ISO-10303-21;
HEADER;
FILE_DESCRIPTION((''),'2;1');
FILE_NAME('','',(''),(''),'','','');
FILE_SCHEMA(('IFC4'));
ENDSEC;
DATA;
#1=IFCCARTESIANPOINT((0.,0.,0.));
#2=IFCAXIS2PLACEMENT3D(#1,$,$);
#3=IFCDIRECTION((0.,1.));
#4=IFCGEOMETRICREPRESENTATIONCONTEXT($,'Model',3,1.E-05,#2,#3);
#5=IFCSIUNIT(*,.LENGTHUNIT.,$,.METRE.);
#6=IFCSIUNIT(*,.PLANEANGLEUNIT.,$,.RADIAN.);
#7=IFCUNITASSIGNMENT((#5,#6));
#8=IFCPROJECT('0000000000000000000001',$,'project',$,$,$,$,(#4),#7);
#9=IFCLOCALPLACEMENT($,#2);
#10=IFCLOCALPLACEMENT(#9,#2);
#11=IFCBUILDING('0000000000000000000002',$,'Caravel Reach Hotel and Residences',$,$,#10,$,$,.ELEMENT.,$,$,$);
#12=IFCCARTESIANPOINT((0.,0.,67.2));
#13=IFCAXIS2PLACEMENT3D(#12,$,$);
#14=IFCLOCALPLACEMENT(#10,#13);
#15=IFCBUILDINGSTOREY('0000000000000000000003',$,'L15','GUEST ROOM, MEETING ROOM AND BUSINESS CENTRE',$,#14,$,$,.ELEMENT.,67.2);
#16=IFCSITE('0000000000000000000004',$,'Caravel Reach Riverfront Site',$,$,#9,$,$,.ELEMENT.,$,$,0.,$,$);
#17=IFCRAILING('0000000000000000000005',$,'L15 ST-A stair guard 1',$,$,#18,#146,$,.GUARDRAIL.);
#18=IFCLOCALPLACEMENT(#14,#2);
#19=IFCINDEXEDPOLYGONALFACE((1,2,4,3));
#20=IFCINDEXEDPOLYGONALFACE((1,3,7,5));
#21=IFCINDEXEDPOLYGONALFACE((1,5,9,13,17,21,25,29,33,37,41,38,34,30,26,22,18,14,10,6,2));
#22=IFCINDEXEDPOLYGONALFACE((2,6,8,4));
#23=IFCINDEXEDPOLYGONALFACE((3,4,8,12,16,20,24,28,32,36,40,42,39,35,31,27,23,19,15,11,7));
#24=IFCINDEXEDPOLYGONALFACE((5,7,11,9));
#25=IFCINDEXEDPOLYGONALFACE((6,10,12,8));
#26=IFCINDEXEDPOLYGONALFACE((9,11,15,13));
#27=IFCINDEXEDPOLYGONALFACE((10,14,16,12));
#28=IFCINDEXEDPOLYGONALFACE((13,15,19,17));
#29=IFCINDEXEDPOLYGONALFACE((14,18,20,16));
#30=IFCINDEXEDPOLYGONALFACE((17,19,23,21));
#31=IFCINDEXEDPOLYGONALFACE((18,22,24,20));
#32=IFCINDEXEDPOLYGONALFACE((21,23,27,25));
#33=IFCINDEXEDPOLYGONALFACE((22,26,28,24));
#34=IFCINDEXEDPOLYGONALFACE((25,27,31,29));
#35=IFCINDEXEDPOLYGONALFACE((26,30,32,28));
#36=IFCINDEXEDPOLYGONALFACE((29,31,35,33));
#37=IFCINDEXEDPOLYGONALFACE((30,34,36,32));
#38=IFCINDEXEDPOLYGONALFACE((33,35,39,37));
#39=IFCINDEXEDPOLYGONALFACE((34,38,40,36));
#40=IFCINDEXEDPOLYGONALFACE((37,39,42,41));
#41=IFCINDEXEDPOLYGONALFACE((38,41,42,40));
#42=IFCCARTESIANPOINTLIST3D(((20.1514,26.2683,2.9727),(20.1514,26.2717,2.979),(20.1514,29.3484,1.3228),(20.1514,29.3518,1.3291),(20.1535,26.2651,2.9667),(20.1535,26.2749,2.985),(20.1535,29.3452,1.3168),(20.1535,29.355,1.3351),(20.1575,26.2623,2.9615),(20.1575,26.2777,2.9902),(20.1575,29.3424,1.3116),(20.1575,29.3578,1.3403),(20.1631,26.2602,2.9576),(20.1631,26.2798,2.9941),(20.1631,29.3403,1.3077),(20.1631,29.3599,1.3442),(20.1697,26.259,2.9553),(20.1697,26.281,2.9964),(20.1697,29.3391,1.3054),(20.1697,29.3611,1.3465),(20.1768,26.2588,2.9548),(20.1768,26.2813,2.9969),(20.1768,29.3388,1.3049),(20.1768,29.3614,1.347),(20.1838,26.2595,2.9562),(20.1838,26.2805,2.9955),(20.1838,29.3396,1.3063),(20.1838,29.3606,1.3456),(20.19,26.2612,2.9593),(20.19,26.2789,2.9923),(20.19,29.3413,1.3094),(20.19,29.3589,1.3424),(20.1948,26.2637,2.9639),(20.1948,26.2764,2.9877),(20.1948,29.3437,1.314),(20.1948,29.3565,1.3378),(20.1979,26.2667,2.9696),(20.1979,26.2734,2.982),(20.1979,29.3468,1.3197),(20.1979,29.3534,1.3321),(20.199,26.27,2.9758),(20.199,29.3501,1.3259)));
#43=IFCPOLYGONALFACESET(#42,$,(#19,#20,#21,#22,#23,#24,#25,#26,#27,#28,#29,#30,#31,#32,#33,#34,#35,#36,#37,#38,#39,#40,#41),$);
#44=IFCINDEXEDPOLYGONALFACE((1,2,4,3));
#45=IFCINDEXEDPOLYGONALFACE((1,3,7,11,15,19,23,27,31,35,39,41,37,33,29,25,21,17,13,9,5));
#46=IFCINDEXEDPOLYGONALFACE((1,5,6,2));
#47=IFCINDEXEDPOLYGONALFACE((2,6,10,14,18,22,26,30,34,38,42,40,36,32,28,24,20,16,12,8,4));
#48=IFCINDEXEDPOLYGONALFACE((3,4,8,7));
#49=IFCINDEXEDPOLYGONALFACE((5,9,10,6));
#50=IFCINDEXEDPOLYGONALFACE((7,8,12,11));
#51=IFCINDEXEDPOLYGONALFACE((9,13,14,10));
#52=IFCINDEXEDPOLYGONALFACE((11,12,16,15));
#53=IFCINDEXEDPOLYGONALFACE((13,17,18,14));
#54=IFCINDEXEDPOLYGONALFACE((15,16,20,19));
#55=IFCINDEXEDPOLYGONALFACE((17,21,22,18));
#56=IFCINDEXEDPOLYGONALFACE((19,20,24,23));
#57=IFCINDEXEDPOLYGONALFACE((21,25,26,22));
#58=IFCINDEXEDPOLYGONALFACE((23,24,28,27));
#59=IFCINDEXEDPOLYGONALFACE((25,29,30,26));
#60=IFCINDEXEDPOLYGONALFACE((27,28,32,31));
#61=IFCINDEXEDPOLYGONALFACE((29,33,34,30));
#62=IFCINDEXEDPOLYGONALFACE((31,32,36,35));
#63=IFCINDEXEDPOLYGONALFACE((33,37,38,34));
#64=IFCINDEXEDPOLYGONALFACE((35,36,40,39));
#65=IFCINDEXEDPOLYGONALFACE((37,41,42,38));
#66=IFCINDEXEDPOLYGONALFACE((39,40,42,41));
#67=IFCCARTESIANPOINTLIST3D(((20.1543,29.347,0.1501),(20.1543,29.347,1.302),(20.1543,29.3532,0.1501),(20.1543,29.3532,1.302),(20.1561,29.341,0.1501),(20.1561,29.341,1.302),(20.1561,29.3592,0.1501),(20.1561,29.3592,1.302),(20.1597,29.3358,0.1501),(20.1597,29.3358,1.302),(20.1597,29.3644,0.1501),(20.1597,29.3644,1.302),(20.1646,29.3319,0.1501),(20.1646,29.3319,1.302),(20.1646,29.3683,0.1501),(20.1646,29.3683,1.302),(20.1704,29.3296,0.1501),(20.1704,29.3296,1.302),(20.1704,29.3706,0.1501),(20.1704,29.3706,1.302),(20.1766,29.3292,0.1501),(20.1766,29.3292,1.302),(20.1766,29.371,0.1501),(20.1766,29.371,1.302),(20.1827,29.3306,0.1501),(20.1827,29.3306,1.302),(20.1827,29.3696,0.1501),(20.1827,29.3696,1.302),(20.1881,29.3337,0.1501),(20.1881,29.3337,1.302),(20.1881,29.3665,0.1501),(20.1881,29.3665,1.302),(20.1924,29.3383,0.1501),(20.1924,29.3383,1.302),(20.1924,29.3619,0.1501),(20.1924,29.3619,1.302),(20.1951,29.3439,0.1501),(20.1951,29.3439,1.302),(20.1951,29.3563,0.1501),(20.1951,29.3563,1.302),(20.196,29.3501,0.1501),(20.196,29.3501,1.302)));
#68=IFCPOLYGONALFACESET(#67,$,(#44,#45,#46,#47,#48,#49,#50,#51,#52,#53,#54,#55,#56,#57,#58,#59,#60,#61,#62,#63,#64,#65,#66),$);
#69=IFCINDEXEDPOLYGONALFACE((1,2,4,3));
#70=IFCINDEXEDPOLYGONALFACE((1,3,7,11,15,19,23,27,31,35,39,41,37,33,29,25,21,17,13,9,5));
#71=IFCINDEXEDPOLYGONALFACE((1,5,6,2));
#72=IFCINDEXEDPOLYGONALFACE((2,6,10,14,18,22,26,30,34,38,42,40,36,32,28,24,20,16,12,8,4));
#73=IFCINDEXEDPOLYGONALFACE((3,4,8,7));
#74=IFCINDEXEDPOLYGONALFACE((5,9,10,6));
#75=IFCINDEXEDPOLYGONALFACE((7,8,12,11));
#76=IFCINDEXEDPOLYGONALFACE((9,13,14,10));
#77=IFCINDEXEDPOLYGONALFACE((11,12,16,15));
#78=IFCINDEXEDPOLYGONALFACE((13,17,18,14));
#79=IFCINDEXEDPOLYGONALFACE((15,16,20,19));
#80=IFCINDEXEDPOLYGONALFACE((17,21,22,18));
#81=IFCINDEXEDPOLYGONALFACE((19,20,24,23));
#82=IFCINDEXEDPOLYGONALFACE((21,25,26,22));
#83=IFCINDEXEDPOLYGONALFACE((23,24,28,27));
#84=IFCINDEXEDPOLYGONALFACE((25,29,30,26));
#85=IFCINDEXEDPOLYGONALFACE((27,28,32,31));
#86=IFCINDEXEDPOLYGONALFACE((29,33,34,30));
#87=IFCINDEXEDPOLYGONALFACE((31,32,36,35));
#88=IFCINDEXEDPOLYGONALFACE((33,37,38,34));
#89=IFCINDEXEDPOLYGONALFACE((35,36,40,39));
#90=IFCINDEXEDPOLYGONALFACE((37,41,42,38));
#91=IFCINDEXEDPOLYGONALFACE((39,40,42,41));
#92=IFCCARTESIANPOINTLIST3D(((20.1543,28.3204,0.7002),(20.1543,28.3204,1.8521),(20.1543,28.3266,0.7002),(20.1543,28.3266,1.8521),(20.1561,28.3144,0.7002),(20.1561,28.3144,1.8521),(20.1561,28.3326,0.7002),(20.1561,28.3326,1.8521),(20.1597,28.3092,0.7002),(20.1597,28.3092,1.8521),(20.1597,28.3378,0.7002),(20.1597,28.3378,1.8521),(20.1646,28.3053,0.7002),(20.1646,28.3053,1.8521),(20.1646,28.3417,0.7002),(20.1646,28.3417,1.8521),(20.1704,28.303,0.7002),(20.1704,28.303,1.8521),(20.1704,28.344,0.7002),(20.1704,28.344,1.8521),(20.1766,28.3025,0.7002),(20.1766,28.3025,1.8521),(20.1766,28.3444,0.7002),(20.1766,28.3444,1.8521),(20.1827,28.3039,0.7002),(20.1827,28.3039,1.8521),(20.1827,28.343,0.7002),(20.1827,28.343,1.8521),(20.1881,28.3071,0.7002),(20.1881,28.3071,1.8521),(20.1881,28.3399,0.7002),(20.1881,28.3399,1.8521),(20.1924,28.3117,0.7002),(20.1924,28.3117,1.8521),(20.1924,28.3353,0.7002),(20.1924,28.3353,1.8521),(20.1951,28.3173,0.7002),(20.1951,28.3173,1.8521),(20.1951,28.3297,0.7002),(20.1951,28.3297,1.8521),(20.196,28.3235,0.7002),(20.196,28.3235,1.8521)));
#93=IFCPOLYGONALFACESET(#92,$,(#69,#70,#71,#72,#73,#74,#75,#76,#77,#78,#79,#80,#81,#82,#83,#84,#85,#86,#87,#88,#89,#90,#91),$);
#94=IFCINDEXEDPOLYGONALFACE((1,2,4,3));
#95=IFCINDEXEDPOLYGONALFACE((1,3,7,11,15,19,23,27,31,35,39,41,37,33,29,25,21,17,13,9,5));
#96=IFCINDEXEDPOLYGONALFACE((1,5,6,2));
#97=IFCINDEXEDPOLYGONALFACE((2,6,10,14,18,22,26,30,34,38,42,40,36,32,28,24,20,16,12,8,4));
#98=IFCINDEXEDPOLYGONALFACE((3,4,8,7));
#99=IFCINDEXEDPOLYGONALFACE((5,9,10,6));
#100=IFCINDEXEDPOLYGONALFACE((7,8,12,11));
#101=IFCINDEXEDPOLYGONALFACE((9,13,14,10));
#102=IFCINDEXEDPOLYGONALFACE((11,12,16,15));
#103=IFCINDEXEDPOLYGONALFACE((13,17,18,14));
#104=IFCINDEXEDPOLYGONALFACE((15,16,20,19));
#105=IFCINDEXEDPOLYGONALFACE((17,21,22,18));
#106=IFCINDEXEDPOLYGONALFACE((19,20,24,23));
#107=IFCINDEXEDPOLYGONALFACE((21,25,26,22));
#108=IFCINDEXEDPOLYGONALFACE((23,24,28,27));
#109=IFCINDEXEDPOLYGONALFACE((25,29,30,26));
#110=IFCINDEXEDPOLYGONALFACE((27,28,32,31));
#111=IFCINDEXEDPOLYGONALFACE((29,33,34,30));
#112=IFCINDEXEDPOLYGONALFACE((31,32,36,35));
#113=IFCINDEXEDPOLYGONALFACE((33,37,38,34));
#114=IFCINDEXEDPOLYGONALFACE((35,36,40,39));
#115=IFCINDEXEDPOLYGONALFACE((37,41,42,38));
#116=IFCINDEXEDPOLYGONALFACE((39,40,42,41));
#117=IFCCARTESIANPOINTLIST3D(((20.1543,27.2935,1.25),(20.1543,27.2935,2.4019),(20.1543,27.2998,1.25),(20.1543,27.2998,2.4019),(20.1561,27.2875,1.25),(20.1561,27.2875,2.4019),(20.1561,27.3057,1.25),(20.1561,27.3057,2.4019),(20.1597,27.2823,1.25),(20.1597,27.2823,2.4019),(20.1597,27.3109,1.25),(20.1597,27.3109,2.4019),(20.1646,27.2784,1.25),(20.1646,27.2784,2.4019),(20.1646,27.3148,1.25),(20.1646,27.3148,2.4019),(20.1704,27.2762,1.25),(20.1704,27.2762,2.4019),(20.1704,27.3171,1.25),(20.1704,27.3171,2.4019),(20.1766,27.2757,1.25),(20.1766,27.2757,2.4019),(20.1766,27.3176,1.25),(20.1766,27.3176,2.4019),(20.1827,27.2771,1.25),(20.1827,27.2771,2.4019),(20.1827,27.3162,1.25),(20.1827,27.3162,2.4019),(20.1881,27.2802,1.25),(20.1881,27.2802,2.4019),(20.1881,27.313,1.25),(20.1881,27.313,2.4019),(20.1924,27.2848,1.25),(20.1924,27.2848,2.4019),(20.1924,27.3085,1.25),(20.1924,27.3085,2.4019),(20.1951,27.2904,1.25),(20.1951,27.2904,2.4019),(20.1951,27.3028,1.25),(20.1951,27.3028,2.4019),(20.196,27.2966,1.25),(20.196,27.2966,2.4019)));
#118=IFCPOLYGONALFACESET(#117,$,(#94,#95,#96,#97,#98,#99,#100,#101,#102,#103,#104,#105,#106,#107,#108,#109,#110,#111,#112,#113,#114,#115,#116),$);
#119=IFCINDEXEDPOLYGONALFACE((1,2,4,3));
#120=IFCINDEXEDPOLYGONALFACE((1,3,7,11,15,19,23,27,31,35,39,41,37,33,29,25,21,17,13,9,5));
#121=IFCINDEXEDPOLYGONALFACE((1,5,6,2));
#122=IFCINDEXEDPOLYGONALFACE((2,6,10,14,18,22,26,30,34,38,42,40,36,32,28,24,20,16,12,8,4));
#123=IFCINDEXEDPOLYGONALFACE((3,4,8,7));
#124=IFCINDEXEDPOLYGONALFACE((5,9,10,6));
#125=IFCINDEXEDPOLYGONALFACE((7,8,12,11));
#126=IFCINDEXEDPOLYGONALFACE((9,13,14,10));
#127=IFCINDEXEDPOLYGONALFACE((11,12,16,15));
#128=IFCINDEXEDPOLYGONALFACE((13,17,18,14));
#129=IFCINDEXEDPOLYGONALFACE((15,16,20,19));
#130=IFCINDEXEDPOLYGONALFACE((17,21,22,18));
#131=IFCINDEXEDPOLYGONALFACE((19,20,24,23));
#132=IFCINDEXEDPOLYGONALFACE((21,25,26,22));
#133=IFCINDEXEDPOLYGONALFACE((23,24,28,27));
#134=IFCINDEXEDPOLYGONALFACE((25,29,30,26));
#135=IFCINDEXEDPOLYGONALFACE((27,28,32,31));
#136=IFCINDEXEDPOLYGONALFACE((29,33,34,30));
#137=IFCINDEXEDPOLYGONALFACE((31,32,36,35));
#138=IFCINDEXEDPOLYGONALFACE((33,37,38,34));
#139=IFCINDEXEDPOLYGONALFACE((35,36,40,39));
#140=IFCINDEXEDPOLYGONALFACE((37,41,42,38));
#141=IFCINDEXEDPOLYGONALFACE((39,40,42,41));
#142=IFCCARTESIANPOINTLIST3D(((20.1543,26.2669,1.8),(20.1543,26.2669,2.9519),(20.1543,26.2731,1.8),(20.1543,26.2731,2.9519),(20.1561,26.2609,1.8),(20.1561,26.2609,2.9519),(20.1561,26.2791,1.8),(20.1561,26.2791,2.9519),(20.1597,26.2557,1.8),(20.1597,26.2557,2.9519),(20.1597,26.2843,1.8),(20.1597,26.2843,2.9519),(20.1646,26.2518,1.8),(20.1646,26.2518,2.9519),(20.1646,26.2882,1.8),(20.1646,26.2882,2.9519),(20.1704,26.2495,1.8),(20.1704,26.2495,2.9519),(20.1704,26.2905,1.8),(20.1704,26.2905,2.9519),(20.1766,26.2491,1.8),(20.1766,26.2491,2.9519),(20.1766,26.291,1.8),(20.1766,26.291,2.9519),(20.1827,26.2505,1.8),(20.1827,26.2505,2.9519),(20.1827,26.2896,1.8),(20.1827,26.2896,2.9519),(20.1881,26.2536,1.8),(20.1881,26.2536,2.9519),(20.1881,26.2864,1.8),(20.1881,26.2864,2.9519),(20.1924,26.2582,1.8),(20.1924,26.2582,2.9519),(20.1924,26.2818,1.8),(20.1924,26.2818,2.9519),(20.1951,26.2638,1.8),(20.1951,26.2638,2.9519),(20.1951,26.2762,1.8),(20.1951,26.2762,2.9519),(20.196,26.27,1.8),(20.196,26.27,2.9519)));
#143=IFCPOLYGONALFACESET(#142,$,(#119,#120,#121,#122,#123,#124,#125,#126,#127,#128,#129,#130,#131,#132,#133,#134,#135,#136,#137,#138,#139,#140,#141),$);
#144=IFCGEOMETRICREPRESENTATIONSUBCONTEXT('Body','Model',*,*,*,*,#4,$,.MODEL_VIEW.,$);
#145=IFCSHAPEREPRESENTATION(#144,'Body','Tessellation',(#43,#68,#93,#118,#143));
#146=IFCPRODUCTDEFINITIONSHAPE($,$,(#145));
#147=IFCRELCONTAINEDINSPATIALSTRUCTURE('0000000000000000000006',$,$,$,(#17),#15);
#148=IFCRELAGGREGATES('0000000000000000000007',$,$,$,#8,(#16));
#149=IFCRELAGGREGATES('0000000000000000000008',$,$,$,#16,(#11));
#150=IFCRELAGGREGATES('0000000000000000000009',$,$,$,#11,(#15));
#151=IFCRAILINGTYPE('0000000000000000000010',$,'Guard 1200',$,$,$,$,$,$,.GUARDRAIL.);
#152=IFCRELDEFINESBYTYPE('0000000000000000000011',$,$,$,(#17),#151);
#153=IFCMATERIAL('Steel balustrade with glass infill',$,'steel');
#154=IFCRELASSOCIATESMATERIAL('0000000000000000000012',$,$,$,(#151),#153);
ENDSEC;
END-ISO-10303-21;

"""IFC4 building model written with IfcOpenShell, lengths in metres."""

from ifc_helpers import new_model, si_unit, direction, frame, origin, origin_2d, place, context, subcontext, project, spatial, circle, extrude, material, type_object, element, save


model = new_model("IFC4")

# Units and contexts
model_context = context("Model", 3, precision=1e-05, world=origin(), true_north=direction((0.0, 1.0)))
body_context = subcontext(model_context, "Body", "Model", "MODEL_VIEW")
ifc_project = project(units=[si_unit("LENGTHUNIT", "METRE"), si_unit("PLANEANGLEUNIT", "RADIAN")], contexts=[model_context])

# Site, building, storey
site_placement = place(None, origin())
site = spatial("IfcSite", under=ifc_project, at=site_placement, Name="Caravel Reach Riverfront Site", CompositionType="ELEMENT", RefElevation=0.0)
building_placement = place(site_placement, origin())
building = spatial("IfcBuilding", under=site, at=building_placement, Name="Caravel Reach Hotel and Residences", CompositionType="ELEMENT")
storey_placement = place(building_placement, frame((0.0, 0.0, 67.2)))
storey = spatial("IfcBuildingStorey", under=building, at=storey_placement, Name="L15", Description="GUEST ROOM, MEETING ROOM AND BUSINESS CENTRE", CompositionType="ELEMENT", Elevation=67.2)

# Railing
ifc_material_1 = material(Name="Steel balustrade with glass infill", Category="steel")
railing_type_1 = type_object("IfcRailingType", Name="Guard 1200", PredefinedType="GUARDRAIL", material=ifc_material_1)
railing_1_placement = place(storey_placement, frame((20.175, 29.3501, 0.1501)))
element("IfcRailing", 1, at=railing_1_placement, inside=storey, type_object=railing_type_1, Name="L15 ST-A stair guard 1", PredefinedType="GUARDRAIL", context=body_context, shape_type="SweptSolid", body=[
    extrude(circle(Radius=0.0239, at=origin_2d()), frame((0.0, 0.0, 1.1758), z_axis=(0.0, -0.881497, 0.47219), x_axis=(1.0, 0.0, 0.0)), (0.0, 0.0, 1.0), 3.4941),
    extrude(circle(Radius=0.021, at=origin_2d()), origin(), (0.0, 0.0, 1.0), 1.1519),
    extrude(circle(Radius=0.021, at=origin_2d()), frame((0.0, -1.0266, 0.55)), (0.0, 0.0, 1.0), 1.1519),
    extrude(circle(Radius=0.021, at=origin_2d()), frame((0.0, -2.0535, 1.0999)), (0.0, 0.0, 1.0), 1.1519),
    extrude(circle(Radius=0.021, at=origin_2d()), frame((0.0, -3.0801, 1.6499)), (0.0, 0.0, 1.0), 1.1519),
])

save(model, "model.ifc")
